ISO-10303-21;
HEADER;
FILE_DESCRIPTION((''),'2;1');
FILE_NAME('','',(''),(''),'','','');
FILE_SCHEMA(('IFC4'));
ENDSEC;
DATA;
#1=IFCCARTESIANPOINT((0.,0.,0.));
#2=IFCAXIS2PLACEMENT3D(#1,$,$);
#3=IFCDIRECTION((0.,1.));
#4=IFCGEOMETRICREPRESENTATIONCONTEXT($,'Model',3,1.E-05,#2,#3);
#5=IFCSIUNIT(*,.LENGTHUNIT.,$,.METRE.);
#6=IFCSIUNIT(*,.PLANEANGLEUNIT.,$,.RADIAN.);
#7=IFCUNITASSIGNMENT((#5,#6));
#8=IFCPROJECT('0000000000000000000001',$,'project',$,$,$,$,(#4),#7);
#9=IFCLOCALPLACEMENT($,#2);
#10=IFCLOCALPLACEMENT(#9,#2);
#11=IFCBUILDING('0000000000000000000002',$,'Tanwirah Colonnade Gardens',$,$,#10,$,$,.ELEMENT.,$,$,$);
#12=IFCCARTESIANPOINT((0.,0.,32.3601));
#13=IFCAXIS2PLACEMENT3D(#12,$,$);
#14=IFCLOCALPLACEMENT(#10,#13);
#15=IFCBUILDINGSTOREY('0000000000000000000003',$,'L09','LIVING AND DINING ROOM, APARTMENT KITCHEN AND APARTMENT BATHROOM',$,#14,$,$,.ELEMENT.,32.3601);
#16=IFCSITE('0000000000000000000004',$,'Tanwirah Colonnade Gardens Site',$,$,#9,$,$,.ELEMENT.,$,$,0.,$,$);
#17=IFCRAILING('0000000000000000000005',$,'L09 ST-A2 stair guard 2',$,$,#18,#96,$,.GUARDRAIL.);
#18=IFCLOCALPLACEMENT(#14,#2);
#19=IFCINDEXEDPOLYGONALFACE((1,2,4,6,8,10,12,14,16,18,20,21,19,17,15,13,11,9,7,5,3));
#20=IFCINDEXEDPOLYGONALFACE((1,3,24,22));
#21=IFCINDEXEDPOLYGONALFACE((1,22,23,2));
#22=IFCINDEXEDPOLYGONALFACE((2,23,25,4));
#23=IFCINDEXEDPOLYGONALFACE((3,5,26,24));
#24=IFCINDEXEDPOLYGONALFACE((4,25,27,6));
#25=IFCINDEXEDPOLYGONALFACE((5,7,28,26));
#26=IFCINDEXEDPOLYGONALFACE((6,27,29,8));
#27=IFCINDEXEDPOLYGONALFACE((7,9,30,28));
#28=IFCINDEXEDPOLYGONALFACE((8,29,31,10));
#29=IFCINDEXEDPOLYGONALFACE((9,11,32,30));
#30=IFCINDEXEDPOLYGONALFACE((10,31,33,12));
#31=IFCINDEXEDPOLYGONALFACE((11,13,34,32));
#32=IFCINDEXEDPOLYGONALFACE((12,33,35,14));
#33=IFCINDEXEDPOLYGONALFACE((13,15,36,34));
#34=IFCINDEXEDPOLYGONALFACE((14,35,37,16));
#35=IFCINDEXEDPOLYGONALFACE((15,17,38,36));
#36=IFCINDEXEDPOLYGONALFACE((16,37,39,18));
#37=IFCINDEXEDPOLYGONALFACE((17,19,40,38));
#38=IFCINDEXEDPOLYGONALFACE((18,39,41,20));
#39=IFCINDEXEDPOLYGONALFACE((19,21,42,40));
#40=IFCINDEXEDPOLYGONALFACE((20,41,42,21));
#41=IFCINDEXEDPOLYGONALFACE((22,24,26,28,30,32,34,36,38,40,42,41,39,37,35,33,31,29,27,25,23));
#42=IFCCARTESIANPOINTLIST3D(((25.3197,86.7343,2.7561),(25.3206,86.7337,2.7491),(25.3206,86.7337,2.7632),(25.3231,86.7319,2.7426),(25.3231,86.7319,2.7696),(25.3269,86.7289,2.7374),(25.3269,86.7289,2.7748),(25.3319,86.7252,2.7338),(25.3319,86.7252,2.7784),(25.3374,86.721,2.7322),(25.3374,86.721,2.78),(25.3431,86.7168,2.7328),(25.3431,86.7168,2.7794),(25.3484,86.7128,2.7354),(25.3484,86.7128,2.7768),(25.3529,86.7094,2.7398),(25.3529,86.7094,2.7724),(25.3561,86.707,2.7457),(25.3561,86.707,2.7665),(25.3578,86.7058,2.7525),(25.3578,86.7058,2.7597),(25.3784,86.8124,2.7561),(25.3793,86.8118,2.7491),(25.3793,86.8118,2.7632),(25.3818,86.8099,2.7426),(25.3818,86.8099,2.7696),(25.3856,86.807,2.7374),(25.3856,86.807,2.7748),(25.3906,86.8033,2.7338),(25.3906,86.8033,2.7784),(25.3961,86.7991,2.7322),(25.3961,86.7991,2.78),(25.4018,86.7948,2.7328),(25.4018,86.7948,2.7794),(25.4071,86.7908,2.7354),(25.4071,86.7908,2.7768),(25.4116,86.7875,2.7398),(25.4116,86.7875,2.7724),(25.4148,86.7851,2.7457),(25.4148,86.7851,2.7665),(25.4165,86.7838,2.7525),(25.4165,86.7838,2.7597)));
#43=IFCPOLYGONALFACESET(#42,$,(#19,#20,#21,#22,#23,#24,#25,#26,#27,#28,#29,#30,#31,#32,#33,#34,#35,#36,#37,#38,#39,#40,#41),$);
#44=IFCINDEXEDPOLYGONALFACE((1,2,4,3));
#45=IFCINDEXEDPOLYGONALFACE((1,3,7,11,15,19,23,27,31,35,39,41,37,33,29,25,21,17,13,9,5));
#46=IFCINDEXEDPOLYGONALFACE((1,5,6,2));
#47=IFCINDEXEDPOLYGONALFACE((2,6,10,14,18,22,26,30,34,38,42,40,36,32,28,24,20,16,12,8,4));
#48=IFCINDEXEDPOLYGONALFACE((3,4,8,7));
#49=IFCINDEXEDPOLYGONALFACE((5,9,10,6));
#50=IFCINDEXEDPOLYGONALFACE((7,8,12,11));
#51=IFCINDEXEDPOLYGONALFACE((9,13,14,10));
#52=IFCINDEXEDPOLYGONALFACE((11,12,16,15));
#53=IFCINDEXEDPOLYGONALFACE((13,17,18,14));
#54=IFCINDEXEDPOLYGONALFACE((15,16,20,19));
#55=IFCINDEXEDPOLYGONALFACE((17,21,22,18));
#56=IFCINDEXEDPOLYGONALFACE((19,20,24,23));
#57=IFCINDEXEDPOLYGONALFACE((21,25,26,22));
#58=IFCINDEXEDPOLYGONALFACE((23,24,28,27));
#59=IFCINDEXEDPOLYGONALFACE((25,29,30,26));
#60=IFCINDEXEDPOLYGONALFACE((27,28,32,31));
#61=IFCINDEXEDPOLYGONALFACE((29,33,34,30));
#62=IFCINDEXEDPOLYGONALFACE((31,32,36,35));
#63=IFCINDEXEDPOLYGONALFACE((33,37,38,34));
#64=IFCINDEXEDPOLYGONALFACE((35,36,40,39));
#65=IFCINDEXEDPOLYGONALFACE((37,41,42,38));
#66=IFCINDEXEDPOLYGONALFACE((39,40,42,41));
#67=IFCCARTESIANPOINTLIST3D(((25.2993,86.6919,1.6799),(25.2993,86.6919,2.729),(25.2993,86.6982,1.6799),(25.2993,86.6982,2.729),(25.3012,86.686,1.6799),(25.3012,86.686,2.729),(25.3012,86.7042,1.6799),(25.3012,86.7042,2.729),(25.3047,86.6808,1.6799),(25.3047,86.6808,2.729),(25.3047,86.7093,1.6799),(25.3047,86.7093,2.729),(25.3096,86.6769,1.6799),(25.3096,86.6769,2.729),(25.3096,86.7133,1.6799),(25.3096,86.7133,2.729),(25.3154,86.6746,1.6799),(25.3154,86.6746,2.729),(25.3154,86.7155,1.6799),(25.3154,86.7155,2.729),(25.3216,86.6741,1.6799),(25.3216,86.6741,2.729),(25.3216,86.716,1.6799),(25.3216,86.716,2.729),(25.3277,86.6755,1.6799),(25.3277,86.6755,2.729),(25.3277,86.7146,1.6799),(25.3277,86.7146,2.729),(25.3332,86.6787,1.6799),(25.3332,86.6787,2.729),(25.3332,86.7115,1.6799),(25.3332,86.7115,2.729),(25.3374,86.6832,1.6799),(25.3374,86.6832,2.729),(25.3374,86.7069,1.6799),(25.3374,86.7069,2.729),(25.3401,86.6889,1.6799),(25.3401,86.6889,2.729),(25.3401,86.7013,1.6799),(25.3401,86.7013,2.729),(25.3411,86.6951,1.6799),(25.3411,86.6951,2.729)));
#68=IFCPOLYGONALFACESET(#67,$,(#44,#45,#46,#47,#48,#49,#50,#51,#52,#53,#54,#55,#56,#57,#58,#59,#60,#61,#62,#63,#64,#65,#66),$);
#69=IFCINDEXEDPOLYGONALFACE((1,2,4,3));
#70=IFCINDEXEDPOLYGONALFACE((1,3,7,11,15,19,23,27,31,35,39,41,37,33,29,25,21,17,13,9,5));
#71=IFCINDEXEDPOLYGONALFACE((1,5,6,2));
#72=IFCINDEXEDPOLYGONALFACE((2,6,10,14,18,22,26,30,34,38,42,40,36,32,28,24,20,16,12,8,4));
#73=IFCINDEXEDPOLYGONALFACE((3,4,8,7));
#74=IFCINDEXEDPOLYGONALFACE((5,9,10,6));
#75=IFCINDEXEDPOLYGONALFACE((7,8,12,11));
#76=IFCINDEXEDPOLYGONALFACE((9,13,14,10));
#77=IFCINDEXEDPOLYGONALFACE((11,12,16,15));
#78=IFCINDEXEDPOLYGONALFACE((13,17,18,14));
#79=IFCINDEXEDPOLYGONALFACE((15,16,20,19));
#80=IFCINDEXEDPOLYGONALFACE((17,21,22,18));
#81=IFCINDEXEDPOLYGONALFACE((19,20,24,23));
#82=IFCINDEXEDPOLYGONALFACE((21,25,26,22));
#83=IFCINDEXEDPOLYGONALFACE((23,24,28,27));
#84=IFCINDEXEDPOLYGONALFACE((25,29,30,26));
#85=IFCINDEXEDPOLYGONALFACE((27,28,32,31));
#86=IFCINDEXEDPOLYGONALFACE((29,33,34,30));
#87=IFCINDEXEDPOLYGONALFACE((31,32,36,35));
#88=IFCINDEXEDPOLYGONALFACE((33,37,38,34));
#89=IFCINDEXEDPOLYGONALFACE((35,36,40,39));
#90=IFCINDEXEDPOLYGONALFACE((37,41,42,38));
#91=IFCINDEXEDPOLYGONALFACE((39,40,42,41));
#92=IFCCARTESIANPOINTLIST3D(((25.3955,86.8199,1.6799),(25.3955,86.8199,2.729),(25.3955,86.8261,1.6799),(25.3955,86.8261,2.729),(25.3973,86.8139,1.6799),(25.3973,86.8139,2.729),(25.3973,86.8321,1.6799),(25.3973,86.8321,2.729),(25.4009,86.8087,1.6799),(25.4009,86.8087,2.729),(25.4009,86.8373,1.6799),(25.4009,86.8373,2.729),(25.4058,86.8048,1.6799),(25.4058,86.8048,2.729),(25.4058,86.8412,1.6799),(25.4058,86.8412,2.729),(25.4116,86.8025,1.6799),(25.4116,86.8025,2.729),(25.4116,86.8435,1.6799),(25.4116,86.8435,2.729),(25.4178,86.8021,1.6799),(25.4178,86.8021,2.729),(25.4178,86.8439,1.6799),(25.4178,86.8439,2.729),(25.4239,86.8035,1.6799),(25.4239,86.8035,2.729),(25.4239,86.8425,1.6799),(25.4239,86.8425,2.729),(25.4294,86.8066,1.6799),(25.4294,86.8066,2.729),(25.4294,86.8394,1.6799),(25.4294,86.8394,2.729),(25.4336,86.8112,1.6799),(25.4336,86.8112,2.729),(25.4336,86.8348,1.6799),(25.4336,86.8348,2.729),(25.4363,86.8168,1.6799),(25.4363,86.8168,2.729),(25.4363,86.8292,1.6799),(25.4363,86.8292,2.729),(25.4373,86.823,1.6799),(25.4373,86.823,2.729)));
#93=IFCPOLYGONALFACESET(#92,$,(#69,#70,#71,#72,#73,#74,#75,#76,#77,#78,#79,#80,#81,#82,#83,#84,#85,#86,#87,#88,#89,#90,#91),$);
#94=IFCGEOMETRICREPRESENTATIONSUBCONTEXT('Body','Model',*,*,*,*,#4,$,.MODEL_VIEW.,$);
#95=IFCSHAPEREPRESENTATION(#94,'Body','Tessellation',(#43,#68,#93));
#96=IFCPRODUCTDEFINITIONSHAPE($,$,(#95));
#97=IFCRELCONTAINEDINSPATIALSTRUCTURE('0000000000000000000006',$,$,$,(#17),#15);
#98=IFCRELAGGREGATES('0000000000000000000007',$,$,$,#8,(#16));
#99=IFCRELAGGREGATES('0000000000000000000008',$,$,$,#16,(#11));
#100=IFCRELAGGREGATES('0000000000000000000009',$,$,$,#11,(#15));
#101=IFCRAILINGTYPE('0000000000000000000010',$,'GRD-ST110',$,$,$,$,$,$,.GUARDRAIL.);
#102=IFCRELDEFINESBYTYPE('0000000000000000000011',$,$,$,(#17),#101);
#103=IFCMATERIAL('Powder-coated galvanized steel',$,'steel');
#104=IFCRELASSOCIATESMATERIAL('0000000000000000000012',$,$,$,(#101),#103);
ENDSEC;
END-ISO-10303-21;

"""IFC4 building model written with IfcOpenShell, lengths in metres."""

from ifc_helpers import new_model, si_unit, direction, frame, origin, origin_2d, place, context, subcontext, project, spatial, circle, extrude, material, type_object, element, save


model = new_model("IFC4")

# Units and contexts
model_context = context("Model", 3, precision=1e-05, world=origin(), true_north=direction((0.0, 1.0)))
body_context = subcontext(model_context, "Body", "Model", "MODEL_VIEW")
ifc_project = project(units=[si_unit("LENGTHUNIT", "METRE"), si_unit("PLANEANGLEUNIT", "RADIAN")], contexts=[model_context])

# Site, building, storey
site_placement = place(None, origin())
site = spatial("IfcSite", under=ifc_project, at=site_placement, Name="Tanwirah Colonnade Gardens Site", CompositionType="ELEMENT", RefElevation=0.0)
building_placement = place(site_placement, origin())
building = spatial("IfcBuilding", under=site, at=building_placement, Name="Tanwirah Colonnade Gardens", CompositionType="ELEMENT")
storey_placement = place(building_placement, frame((0.0, 0.0, 32.3601)))
storey = spatial("IfcBuildingStorey", under=building, at=storey_placement, Name="L09", Description="LIVING AND DINING ROOM, APARTMENT KITCHEN AND APARTMENT BATHROOM", CompositionType="ELEMENT", Elevation=32.3601)

# Railing
ifc_material_1 = material(Name="Powder-coated galvanized steel", Category="steel")
railing_type_1 = type_object("IfcRailingType", Name="GRD-ST110", PredefinedType="GUARDRAIL", material=ifc_material_1)
railing_1_placement = place(storey_placement, frame((25.3201, 86.6951, 1.6799)))
element("IfcRailing", 1, at=railing_1_placement, inside=storey, type_object=railing_type_1, Name="L09 ST-A2 stair guard 2", PredefinedType="GUARDRAIL", context=body_context, shape_type="SweptSolid", body=[
    extrude(circle(Radius=0.0239, at=origin_2d()), frame((0.0188, 0.0249, 1.0762), z_axis=(0.600976, 0.799267, 0.0), x_axis=(-0.799267, 0.600976, 0.0)), (0.0, 0.0, 1.0), 0.0977),
    extrude(circle(Radius=0.021, at=origin_2d()), origin(), (0.0, 0.0, 1.0), 1.0491),
    extrude(circle(Radius=0.021, at=origin_2d()), frame((0.0962, 0.1279, 0.0)), (0.0, 0.0, 1.0), 1.0491),
])

save(model, "model.ifc")
